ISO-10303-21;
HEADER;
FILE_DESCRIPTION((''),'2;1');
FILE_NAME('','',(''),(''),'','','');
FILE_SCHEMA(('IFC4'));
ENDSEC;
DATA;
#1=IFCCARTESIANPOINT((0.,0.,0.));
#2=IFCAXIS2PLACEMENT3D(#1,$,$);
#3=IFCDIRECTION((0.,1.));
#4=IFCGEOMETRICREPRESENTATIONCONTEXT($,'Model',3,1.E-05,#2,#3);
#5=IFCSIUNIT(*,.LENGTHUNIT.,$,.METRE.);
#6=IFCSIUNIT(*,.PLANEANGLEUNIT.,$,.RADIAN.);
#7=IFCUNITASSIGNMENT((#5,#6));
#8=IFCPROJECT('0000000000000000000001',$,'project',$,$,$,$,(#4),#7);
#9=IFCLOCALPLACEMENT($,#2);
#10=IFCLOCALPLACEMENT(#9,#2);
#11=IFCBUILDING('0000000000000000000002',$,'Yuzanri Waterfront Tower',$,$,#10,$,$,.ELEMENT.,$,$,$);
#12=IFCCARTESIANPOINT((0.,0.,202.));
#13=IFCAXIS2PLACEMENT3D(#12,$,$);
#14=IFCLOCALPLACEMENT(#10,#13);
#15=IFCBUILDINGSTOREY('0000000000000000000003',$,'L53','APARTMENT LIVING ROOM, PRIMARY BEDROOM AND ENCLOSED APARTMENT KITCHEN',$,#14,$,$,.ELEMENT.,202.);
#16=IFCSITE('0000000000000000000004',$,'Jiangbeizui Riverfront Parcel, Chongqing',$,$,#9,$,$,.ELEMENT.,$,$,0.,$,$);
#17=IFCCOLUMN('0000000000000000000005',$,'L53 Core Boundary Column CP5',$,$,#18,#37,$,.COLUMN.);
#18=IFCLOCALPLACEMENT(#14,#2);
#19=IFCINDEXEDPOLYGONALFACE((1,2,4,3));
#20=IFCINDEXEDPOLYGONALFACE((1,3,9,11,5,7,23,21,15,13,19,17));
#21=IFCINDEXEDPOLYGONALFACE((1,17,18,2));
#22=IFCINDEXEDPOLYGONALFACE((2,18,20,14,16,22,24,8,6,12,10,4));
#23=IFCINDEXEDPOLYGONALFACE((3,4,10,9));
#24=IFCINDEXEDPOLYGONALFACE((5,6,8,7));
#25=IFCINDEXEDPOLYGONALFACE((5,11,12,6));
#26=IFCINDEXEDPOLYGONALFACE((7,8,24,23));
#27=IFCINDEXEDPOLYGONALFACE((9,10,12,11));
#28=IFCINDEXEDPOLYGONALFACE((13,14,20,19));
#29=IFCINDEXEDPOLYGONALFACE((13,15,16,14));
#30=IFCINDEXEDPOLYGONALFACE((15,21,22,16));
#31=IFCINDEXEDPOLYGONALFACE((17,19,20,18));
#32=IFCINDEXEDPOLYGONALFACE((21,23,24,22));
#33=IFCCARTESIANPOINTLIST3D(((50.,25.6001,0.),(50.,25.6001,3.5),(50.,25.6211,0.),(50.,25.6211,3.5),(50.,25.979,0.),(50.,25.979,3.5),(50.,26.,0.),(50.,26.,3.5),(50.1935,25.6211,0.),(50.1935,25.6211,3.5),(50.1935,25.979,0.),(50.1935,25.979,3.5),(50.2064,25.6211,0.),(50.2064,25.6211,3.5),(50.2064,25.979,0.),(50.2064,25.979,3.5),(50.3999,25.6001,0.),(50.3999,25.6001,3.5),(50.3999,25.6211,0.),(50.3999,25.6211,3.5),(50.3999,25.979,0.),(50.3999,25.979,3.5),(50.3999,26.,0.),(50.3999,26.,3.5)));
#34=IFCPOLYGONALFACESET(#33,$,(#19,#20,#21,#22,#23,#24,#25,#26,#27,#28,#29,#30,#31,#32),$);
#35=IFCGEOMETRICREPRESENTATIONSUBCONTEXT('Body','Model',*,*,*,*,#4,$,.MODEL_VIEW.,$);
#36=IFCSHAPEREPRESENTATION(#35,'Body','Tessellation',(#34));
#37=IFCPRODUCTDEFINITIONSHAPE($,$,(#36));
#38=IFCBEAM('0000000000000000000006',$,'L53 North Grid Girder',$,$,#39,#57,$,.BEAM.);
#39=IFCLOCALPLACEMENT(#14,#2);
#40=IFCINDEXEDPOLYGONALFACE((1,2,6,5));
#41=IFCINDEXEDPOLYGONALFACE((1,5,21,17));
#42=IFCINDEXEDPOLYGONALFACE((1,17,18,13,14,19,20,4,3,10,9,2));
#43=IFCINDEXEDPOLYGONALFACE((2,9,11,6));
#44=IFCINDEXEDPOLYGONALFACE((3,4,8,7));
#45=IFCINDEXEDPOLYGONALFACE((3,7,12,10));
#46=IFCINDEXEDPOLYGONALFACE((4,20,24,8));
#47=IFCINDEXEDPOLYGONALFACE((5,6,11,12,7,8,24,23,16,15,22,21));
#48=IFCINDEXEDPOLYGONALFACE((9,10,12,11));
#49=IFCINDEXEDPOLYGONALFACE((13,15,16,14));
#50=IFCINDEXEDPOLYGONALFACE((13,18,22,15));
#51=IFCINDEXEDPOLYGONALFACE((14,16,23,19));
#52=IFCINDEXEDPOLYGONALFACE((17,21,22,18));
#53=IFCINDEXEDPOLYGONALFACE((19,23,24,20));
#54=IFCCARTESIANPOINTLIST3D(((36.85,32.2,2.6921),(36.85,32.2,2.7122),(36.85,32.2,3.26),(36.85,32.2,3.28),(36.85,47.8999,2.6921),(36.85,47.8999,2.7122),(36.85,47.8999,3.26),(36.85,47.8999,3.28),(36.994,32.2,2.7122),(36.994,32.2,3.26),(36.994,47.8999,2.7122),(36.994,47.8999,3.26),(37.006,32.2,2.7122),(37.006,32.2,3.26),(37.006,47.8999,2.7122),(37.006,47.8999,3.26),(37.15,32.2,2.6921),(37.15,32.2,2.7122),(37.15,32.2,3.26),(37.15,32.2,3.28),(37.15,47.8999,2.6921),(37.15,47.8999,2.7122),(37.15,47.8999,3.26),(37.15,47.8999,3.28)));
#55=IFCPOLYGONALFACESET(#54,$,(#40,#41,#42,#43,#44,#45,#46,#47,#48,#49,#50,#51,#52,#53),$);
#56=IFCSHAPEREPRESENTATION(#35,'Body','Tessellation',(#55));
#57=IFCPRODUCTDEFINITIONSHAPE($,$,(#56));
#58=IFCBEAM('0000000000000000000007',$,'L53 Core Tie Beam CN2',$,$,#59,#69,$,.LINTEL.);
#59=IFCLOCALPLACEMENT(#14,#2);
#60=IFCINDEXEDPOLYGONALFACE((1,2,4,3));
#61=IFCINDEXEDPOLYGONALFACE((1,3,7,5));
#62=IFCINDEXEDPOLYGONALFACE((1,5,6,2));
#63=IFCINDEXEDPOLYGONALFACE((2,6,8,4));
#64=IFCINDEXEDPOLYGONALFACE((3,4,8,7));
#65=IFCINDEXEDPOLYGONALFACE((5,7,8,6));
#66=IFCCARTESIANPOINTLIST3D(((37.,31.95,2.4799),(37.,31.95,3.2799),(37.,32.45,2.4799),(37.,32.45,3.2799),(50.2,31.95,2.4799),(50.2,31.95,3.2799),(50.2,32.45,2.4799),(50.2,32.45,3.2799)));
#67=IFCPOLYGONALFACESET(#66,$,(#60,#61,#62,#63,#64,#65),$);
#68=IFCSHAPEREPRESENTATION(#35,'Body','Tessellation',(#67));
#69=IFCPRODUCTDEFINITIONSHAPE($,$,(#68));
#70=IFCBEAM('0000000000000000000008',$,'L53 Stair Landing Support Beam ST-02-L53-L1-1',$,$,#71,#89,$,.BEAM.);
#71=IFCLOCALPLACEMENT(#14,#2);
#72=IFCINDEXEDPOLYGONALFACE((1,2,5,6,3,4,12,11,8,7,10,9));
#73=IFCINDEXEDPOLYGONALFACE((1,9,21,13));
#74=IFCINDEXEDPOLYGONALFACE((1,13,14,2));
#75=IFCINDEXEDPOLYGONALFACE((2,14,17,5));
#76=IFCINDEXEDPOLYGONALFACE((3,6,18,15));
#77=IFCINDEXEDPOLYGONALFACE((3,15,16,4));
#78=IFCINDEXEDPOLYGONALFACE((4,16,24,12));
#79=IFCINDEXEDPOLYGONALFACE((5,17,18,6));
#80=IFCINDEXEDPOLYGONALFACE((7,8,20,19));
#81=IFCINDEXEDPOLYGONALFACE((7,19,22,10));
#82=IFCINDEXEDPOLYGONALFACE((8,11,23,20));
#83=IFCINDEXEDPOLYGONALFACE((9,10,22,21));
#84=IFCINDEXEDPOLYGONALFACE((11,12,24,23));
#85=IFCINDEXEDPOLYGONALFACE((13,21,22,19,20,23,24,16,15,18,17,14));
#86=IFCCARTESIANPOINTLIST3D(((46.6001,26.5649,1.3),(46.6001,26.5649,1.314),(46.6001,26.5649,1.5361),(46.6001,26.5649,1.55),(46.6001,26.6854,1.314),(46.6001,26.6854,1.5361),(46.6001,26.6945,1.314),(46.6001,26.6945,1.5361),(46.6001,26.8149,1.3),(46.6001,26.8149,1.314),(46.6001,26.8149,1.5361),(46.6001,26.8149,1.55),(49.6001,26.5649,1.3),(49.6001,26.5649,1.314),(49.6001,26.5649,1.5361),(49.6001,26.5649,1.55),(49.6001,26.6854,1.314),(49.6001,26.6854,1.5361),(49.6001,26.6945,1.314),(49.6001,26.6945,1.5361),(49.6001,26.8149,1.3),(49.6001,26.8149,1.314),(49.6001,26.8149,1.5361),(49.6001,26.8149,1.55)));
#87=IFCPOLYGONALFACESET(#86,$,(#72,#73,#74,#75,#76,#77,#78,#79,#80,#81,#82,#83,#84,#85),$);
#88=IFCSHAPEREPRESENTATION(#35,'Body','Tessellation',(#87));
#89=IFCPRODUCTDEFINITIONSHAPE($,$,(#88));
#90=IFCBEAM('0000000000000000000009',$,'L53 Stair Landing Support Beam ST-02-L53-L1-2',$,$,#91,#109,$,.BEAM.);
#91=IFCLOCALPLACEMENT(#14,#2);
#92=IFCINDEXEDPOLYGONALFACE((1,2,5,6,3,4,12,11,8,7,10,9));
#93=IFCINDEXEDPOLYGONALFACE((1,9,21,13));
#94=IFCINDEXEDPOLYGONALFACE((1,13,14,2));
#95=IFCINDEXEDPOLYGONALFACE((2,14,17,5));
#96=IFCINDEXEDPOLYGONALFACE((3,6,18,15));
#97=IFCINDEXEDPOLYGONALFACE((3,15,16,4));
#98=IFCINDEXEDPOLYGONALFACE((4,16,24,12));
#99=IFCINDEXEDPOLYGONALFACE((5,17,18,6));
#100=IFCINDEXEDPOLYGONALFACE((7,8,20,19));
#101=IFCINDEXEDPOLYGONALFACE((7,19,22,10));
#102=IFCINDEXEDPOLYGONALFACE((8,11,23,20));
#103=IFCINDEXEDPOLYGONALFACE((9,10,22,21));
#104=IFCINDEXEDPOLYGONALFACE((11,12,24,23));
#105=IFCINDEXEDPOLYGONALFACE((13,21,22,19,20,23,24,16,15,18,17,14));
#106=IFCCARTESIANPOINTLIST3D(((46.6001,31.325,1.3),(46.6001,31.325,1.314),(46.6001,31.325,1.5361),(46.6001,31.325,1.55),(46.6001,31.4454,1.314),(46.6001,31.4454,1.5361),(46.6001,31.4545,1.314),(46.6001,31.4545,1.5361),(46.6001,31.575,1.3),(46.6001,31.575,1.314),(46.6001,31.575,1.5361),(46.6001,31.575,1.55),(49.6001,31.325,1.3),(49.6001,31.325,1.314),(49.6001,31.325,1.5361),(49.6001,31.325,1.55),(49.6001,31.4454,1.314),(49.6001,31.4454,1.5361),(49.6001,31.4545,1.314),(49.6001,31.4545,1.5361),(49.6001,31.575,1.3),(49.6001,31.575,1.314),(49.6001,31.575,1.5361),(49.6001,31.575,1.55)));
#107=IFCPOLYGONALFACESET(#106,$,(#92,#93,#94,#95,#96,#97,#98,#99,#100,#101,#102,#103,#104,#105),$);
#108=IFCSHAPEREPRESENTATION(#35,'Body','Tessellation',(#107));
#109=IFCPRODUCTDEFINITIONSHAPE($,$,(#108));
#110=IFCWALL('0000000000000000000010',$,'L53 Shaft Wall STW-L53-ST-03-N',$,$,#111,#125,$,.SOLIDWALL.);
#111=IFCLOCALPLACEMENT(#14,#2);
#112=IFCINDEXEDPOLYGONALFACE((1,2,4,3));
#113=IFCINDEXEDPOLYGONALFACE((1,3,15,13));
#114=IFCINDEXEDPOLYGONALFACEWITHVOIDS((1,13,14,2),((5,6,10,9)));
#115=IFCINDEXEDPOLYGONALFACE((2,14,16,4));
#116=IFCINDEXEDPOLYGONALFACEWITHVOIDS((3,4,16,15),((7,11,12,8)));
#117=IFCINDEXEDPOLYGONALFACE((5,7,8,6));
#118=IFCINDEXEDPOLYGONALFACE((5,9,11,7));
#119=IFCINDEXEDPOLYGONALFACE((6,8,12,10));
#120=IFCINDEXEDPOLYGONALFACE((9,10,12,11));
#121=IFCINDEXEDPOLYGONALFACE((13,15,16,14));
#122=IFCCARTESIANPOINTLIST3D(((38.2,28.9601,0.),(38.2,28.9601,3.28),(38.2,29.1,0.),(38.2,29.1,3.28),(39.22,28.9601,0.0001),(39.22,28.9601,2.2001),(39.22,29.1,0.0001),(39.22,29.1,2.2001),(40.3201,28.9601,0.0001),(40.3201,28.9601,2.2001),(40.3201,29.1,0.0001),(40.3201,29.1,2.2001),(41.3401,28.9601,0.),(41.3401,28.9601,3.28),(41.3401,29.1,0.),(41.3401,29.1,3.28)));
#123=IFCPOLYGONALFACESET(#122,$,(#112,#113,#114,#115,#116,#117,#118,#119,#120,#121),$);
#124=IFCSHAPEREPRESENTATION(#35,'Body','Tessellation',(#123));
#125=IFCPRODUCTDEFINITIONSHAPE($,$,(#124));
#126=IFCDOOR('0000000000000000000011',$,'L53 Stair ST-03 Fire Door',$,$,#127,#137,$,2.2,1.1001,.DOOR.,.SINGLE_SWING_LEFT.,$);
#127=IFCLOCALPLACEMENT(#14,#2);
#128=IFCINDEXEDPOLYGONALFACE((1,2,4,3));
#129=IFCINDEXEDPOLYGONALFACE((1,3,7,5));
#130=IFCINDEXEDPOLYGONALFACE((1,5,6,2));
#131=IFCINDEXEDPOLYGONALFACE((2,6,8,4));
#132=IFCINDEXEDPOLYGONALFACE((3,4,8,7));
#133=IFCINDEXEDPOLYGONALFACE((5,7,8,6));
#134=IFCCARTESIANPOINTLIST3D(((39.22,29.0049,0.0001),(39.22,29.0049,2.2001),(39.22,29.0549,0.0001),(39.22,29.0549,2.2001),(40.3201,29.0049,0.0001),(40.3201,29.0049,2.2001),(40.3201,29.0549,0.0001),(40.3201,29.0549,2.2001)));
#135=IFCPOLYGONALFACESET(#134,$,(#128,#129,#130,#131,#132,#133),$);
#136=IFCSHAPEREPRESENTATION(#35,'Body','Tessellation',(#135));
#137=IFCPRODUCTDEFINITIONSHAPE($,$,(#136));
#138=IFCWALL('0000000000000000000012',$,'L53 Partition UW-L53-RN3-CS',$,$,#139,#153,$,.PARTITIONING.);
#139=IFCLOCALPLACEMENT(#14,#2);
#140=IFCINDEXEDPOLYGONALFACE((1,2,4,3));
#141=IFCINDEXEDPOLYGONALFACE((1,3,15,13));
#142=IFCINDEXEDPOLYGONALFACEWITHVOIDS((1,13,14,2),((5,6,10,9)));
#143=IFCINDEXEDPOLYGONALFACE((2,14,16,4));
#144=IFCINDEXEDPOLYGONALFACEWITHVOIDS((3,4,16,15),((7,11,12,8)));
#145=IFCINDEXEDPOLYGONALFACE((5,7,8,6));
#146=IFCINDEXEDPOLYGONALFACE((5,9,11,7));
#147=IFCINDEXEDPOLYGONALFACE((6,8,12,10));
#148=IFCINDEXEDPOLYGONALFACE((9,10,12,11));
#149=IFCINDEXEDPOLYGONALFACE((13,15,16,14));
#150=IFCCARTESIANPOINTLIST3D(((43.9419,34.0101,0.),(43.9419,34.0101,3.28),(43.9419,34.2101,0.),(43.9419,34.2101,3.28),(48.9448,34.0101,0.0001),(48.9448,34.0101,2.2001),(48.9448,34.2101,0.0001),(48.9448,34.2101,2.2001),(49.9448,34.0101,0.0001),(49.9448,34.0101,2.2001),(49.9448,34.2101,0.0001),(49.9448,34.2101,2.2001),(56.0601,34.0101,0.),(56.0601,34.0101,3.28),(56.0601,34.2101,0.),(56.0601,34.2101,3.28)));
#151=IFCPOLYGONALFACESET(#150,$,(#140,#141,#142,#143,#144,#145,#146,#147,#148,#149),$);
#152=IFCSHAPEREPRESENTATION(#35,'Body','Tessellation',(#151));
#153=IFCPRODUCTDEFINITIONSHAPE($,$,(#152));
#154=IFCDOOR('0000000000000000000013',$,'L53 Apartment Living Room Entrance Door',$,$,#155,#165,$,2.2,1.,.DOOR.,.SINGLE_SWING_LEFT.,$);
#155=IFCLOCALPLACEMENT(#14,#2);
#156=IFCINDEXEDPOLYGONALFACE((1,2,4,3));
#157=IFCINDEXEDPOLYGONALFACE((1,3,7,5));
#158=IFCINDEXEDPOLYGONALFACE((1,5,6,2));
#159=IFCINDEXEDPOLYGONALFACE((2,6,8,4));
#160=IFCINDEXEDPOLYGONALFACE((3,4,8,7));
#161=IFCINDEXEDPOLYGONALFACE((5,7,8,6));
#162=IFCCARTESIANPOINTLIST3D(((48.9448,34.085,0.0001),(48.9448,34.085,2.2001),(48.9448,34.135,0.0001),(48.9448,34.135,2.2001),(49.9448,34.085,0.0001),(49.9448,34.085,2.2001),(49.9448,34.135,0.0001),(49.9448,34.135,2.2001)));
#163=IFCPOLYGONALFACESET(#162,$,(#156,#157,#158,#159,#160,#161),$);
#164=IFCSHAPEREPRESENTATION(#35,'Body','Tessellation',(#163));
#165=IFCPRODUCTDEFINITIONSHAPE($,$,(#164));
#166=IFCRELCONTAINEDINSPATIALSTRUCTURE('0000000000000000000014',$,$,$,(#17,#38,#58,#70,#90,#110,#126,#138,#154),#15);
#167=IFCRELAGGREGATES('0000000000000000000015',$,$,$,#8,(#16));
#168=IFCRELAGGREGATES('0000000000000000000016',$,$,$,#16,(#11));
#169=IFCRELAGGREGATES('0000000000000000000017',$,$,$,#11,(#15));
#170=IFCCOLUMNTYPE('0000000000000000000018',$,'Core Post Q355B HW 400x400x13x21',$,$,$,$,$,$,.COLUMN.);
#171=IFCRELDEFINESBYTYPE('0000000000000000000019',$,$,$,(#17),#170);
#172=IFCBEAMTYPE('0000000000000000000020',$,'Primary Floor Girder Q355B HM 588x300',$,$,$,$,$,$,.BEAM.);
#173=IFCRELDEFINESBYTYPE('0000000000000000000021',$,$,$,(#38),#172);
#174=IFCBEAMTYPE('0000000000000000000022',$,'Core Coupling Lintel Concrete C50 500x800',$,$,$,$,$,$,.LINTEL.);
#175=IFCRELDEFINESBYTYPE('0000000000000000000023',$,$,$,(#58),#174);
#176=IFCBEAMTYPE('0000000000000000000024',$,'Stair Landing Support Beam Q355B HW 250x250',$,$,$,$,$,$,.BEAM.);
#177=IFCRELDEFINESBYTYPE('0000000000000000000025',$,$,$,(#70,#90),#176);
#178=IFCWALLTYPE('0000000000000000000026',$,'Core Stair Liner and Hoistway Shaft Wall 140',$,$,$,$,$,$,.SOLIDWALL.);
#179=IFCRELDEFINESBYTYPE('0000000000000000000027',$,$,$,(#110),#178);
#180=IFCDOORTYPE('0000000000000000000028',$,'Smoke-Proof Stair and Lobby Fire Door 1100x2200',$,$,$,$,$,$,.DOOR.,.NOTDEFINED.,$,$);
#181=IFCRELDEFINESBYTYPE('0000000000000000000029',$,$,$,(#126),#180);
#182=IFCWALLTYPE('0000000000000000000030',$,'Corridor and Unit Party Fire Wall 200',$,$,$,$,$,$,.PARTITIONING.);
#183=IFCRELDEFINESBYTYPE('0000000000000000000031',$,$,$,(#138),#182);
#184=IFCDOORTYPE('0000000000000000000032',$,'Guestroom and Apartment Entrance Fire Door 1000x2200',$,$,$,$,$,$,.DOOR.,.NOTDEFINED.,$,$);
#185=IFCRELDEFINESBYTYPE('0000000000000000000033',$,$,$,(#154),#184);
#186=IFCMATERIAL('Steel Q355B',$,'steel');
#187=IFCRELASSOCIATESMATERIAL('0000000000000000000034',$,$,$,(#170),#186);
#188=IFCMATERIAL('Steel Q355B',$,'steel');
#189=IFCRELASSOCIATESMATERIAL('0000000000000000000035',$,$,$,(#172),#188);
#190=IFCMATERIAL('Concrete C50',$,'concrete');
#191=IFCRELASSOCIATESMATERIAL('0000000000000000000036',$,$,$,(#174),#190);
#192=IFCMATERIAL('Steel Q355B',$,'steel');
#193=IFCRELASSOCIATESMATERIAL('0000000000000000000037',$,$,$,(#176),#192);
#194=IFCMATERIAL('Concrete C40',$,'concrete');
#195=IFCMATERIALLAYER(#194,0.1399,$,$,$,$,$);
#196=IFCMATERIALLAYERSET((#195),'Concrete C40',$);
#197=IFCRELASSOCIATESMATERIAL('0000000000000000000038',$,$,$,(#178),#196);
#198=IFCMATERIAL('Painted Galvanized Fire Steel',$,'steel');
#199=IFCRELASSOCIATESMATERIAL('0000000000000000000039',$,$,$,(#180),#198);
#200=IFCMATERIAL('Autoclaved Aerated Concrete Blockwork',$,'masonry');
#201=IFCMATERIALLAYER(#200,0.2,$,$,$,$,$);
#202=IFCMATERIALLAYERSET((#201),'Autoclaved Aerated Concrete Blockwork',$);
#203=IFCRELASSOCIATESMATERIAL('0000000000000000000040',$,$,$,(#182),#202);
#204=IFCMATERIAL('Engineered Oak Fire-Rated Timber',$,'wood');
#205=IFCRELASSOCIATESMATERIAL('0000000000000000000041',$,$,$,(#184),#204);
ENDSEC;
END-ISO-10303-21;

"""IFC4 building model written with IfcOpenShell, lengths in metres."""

from ifc_helpers import new_model, si_unit, direction, frame, frame_2d, origin, origin_2d, place, context, subcontext, project, spatial, rectangle, i_section, extrude, source, transform, mapped, material, layer, layer_set, material_profile, profile_set, type_object, element, fill, save


model = new_model("IFC4")

# Units and contexts
model_context = context("Model", 3, precision=1e-05, world=origin(), true_north=direction((0.0, 1.0)))
body_context = subcontext(model_context, "Body", "Model", "MODEL_VIEW")
ifc_project = project(units=[si_unit("LENGTHUNIT", "METRE"), si_unit("PLANEANGLEUNIT", "RADIAN")], contexts=[model_context])

# Site, building, storey
site_placement = place(None, origin())
site = spatial("IfcSite", under=ifc_project, at=site_placement, Name="Jiangbeizui Riverfront Parcel, Chongqing", CompositionType="ELEMENT", RefElevation=0.0)
building_placement = place(site_placement, origin())
building = spatial("IfcBuilding", under=site, at=building_placement, Name="Yuzanri Waterfront Tower", CompositionType="ELEMENT")
storey_placement = place(building_placement, frame((0.0, 0.0, 202.0)))
storey = spatial("IfcBuildingStorey", under=building, at=storey_placement, Name="L53", Description="APARTMENT LIVING ROOM, PRIMARY BEDROOM AND ENCLOSED APARTMENT KITCHEN", CompositionType="ELEMENT", Elevation=202.0)

# Column
ifc_material_1 = material(Name="Steel Q355B", Category="steel")
ifc_material_profile_1 = material_profile(ifc_material_1, i_section(OverallWidth=0.3999, OverallDepth=0.3999, WebThickness=0.0129, FlangeThickness=0.021, at=origin_2d()), Name="HW 400x400x13x21")
ifc_profile_set_1 = profile_set([ifc_material_profile_1], Name="Steel Q355B")
column_type = type_object("IfcColumnType", Name="Core Post Q355B HW 400x400x13x21", PredefinedType="COLUMN", material=ifc_profile_set_1)
shared_shape_1 = source(origin(), body_context, "Body", "SweptSolid", [
    extrude(i_section(OverallWidth=0.3999, OverallDepth=0.3999, WebThickness=0.0129, FlangeThickness=0.021, at=origin_2d()), origin(), (0.0, 0.0, 1.0), 3.5),
])
column_placement = place(storey_placement, frame((50.2, 25.8, 0.0), z_axis=(0.0, 0.0, 1.0), x_axis=(1.0, 0.0, 0.0)))
element("IfcColumn", 1, at=column_placement, inside=storey, type_object=column_type, Name="L53 Core Boundary Column CP5", PredefinedType="COLUMN", context=body_context, shape_type="MappedRepresentation", body=[
    mapped(shared_shape_1, transform((0.0, 0.0, 0.0), scale=1.0)),
])

# Beams
ifc_material_2 = material(Name="Steel Q355B", Category="steel")
ifc_material_profile_2 = material_profile(ifc_material_2, i_section(OverallWidth=0.3, OverallDepth=0.5879, WebThickness=0.012, FlangeThickness=0.02, at=origin_2d()), Name="HM 588x300x12x20")
ifc_profile_set_2 = profile_set([ifc_material_profile_2], Name="Steel Q355B")
beam_type_1 = type_object("IfcBeamType", Name="Primary Floor Girder Q355B HM 588x300", PredefinedType="BEAM", material=ifc_profile_set_2)
shared_shape_2 = source(origin(), body_context, "Body", "SweptSolid", [
    extrude(i_section(OverallWidth=0.3, OverallDepth=0.5879, WebThickness=0.012, FlangeThickness=0.02, at=origin_2d()), origin(), (0.0, 0.0, 1.0), 15.7),
])
beam_1_placement = place(storey_placement, frame((37.0, 32.2, 2.9861), z_axis=(0.0, 1.0, 0.0), x_axis=(-1.0, 0.0, 0.0)))
element("IfcBeam", 2, at=beam_1_placement, inside=storey, type_object=beam_type_1, Name="L53 North Grid Girder", PredefinedType="BEAM", context=body_context, shape_type="MappedRepresentation", body=[
    mapped(shared_shape_2, transform((0.0, 0.0, 0.0), scale=1.0)),
])
ifc_material_3 = material(Name="Concrete C50", Category="concrete")
ifc_material_profile_3 = material_profile(ifc_material_3, rectangle(XDim=0.5, YDim=0.8, at=origin_2d()), Name="RC 500x800")
ifc_profile_set_3 = profile_set([ifc_material_profile_3], Name="Concrete C50")
beam_type_2 = type_object("IfcBeamType", Name="Core Coupling Lintel Concrete C50 500x800", PredefinedType="LINTEL", material=ifc_profile_set_3)
shared_shape_3 = source(origin(), body_context, "Body", "SweptSolid", [
    extrude(rectangle(XDim=0.5, YDim=0.8, at=origin_2d()), origin(), (0.0, 0.0, 1.0), 13.2),
])
beam_2_placement = place(storey_placement, frame((37.0, 32.2, 2.8799), z_axis=(1.0, 0.0, 0.0), x_axis=(0.0, 1.0, 0.0)))
element("IfcBeam", 3, at=beam_2_placement, inside=storey, type_object=beam_type_2, Name="L53 Core Tie Beam CN2", PredefinedType="LINTEL", context=body_context, shape_type="MappedRepresentation", body=[
    mapped(shared_shape_3, transform((0.0, 0.0, 0.0), scale=1.0)),
])
ifc_material_4 = material(Name="Steel Q355B", Category="steel")
ifc_material_profile_4 = material_profile(ifc_material_4, i_section(OverallWidth=0.25, OverallDepth=0.25, WebThickness=0.009, FlangeThickness=0.0139, at=origin_2d()), Name="HW 250x250x9x14")
ifc_profile_set_4 = profile_set([ifc_material_profile_4], Name="Steel Q355B")
beam_type_3 = type_object("IfcBeamType", Name="Stair Landing Support Beam Q355B HW 250x250", PredefinedType="BEAM", material=ifc_profile_set_4)
shared_shape_4 = source(origin(), body_context, "Body", "SweptSolid", [
    extrude(i_section(OverallWidth=0.25, OverallDepth=0.25, WebThickness=0.009, FlangeThickness=0.0139, at=origin_2d()), origin(), (0.0, 0.0, 1.0), 3.0),
])
for number, where, z_axis, x_axis, name in (
    (4, (46.6001, 26.6899, 1.425), (1.0, 0.0, 0.0), (0.0, 1.0, 0.0), "L53 Stair Landing Support Beam ST-02-L53-L1-1"),
    (5, (46.6001, 31.45, 1.425), (1.0, 0.0, 0.0), (0.0, 1.0, 0.0), "L53 Stair Landing Support Beam ST-02-L53-L1-2"),
):
    element("IfcBeam", number, at=place(storey_placement, frame(where, z_axis=z_axis, x_axis=x_axis)), inside=storey, type_object=beam_type_3, Name=name, PredefinedType="BEAM", context=body_context, shape_type="MappedRepresentation", body=[
        mapped(shared_shape_4, transform((0.0, 0.0, 0.0), scale=1.0)),
    ])

# Walls, openings, doors
ifc_material_5 = material(Name="Concrete C40", Category="concrete")
ifc_layer_1 = layer(ifc_material_5, 0.1399)
ifc_layer_set_1 = layer_set([ifc_layer_1], Name="Concrete C40")
wall_type_1 = type_object("IfcWallType", Name="Core Stair Liner and Hoistway Shaft Wall 140", PredefinedType="SOLIDWALL", material=ifc_layer_set_1)
wall_1_placement = place(storey_placement, frame((38.2, 29.03, 0.0), z_axis=(0.0, 0.0, 1.0), x_axis=(1.0, 0.0, 0.0)))
wall_1 = element("IfcWall", 6, at=wall_1_placement, inside=storey, type_object=wall_type_1, Name="L53 Shaft Wall STW-L53-ST-03-N", PredefinedType="SOLIDWALL", context=body_context, shape_type="SweptSolid", body=[
    extrude(rectangle(XDim=3.1401, YDim=0.1399, at=frame_2d((1.5701, 0.0))), origin(), (0.0, 0.0, 1.0), 3.28),
])
opening_1_placement = place(wall_1_placement, frame((1.02, 0.0, 0.0)))
opening_1 = element("IfcOpeningElement", 7, at=opening_1_placement, cuts=wall_1, PredefinedType="OPENING", context=body_context, shape_type="SweptSolid", body=[
    extrude(rectangle(XDim=1.1001, YDim=2.2, at=frame_2d((0.55, 1.1001))), frame((0.0, 0.085, 0.0), z_axis=(0.0, -1.0, 0.0), x_axis=(1.0, 0.0, 0.0)), (0.0, 0.0, 1.0), 0.1697),
])
ifc_material_6 = material(Name="Painted Galvanized Fire Steel", Category="steel")
door_type_1 = type_object("IfcDoorType", Name="Smoke-Proof Stair and Lobby Fire Door 1100x2200", OperationType="NOTDEFINED", PredefinedType="DOOR", material=ifc_material_6)
shared_shape_5 = source(origin(), body_context, "Body", "SweptSolid", [
    extrude(rectangle(XDim=1.1001, YDim=2.2, at=frame_2d((0.55, 1.1001))), frame((0.0, 0.0249, 0.0), z_axis=(0.0, -1.0, 0.0), x_axis=(1.0, 0.0, 0.0)), (0.0, 0.0, 1.0), 0.05),
])
door_1_placement = place(opening_1_placement, origin())
door_1 = element("IfcDoor", 8, at=door_1_placement, inside=storey, type_object=door_type_1, Name="L53 Stair ST-03 Fire Door", OperationType="SINGLE_SWING_LEFT", OverallHeight=2.2, OverallWidth=1.1001, PredefinedType="DOOR", context=body_context, shape_type="MappedRepresentation", body=[
    mapped(shared_shape_5, transform((0.0, 0.0, 0.0), scale=1.0)),
])
fill(opening_1, door_1)
ifc_material_7 = material(Name="Autoclaved Aerated Concrete Blockwork", Category="masonry")
ifc_layer_2 = layer(ifc_material_7, 0.2)
ifc_layer_set_2 = layer_set([ifc_layer_2], Name="Autoclaved Aerated Concrete Blockwork")
wall_type_2 = type_object("IfcWallType", Name="Corridor and Unit Party Fire Wall 200", PredefinedType="PARTITIONING", material=ifc_layer_set_2)
wall_2_placement = place(storey_placement, frame((43.9419, 34.1101, 0.0), z_axis=(0.0, 0.0, 1.0), x_axis=(1.0, 0.0, 0.0)))
wall_2 = element("IfcWall", 9, at=wall_2_placement, inside=storey, type_object=wall_type_2, Name="L53 Partition UW-L53-RN3-CS", PredefinedType="PARTITIONING", context=body_context, shape_type="SweptSolid", body=[
    extrude(rectangle(XDim=12.1182, YDim=0.2, at=frame_2d((6.0591, 0.0))), origin(), (0.0, 0.0, 1.0), 3.28),
])
opening_2_placement = place(wall_2_placement, frame((5.0029, 0.0, 0.0)))
opening_2 = element("IfcOpeningElement", 10, at=opening_2_placement, cuts=wall_2, PredefinedType="OPENING", context=body_context, shape_type="SweptSolid", body=[
    extrude(rectangle(XDim=1.0, YDim=2.2, at=frame_2d((0.5, 1.1001))), frame((0.0, 0.1147, 0.0), z_axis=(0.0, -1.0, 0.0), x_axis=(1.0, 0.0, 0.0)), (0.0, 0.0, 1.0), 0.2297),
])
ifc_material_8 = material(Name="Engineered Oak Fire-Rated Timber", Category="wood")
door_type_2 = type_object("IfcDoorType", Name="Guestroom and Apartment Entrance Fire Door 1000x2200", OperationType="NOTDEFINED", PredefinedType="DOOR", material=ifc_material_8)
shared_shape_6 = source(origin(), body_context, "Body", "SweptSolid", [
    extrude(rectangle(XDim=1.0, YDim=2.2, at=frame_2d((0.5, 1.1001))), frame((0.0, 0.0249, 0.0), z_axis=(0.0, -1.0, 0.0), x_axis=(1.0, 0.0, 0.0)), (0.0, 0.0, 1.0), 0.05),
])
door_2_placement = place(opening_2_placement, origin())
door_2 = element("IfcDoor", 11, at=door_2_placement, inside=storey, type_object=door_type_2, Name="L53 Apartment Living Room Entrance Door", OperationType="SINGLE_SWING_LEFT", OverallHeight=2.2, OverallWidth=1.0, PredefinedType="DOOR", context=body_context, shape_type="MappedRepresentation", body=[
    mapped(shared_shape_6, transform((0.0, 0.0, 0.0), scale=1.0)),
])
fill(opening_2, door_2)

save(model, "model.ifc")
